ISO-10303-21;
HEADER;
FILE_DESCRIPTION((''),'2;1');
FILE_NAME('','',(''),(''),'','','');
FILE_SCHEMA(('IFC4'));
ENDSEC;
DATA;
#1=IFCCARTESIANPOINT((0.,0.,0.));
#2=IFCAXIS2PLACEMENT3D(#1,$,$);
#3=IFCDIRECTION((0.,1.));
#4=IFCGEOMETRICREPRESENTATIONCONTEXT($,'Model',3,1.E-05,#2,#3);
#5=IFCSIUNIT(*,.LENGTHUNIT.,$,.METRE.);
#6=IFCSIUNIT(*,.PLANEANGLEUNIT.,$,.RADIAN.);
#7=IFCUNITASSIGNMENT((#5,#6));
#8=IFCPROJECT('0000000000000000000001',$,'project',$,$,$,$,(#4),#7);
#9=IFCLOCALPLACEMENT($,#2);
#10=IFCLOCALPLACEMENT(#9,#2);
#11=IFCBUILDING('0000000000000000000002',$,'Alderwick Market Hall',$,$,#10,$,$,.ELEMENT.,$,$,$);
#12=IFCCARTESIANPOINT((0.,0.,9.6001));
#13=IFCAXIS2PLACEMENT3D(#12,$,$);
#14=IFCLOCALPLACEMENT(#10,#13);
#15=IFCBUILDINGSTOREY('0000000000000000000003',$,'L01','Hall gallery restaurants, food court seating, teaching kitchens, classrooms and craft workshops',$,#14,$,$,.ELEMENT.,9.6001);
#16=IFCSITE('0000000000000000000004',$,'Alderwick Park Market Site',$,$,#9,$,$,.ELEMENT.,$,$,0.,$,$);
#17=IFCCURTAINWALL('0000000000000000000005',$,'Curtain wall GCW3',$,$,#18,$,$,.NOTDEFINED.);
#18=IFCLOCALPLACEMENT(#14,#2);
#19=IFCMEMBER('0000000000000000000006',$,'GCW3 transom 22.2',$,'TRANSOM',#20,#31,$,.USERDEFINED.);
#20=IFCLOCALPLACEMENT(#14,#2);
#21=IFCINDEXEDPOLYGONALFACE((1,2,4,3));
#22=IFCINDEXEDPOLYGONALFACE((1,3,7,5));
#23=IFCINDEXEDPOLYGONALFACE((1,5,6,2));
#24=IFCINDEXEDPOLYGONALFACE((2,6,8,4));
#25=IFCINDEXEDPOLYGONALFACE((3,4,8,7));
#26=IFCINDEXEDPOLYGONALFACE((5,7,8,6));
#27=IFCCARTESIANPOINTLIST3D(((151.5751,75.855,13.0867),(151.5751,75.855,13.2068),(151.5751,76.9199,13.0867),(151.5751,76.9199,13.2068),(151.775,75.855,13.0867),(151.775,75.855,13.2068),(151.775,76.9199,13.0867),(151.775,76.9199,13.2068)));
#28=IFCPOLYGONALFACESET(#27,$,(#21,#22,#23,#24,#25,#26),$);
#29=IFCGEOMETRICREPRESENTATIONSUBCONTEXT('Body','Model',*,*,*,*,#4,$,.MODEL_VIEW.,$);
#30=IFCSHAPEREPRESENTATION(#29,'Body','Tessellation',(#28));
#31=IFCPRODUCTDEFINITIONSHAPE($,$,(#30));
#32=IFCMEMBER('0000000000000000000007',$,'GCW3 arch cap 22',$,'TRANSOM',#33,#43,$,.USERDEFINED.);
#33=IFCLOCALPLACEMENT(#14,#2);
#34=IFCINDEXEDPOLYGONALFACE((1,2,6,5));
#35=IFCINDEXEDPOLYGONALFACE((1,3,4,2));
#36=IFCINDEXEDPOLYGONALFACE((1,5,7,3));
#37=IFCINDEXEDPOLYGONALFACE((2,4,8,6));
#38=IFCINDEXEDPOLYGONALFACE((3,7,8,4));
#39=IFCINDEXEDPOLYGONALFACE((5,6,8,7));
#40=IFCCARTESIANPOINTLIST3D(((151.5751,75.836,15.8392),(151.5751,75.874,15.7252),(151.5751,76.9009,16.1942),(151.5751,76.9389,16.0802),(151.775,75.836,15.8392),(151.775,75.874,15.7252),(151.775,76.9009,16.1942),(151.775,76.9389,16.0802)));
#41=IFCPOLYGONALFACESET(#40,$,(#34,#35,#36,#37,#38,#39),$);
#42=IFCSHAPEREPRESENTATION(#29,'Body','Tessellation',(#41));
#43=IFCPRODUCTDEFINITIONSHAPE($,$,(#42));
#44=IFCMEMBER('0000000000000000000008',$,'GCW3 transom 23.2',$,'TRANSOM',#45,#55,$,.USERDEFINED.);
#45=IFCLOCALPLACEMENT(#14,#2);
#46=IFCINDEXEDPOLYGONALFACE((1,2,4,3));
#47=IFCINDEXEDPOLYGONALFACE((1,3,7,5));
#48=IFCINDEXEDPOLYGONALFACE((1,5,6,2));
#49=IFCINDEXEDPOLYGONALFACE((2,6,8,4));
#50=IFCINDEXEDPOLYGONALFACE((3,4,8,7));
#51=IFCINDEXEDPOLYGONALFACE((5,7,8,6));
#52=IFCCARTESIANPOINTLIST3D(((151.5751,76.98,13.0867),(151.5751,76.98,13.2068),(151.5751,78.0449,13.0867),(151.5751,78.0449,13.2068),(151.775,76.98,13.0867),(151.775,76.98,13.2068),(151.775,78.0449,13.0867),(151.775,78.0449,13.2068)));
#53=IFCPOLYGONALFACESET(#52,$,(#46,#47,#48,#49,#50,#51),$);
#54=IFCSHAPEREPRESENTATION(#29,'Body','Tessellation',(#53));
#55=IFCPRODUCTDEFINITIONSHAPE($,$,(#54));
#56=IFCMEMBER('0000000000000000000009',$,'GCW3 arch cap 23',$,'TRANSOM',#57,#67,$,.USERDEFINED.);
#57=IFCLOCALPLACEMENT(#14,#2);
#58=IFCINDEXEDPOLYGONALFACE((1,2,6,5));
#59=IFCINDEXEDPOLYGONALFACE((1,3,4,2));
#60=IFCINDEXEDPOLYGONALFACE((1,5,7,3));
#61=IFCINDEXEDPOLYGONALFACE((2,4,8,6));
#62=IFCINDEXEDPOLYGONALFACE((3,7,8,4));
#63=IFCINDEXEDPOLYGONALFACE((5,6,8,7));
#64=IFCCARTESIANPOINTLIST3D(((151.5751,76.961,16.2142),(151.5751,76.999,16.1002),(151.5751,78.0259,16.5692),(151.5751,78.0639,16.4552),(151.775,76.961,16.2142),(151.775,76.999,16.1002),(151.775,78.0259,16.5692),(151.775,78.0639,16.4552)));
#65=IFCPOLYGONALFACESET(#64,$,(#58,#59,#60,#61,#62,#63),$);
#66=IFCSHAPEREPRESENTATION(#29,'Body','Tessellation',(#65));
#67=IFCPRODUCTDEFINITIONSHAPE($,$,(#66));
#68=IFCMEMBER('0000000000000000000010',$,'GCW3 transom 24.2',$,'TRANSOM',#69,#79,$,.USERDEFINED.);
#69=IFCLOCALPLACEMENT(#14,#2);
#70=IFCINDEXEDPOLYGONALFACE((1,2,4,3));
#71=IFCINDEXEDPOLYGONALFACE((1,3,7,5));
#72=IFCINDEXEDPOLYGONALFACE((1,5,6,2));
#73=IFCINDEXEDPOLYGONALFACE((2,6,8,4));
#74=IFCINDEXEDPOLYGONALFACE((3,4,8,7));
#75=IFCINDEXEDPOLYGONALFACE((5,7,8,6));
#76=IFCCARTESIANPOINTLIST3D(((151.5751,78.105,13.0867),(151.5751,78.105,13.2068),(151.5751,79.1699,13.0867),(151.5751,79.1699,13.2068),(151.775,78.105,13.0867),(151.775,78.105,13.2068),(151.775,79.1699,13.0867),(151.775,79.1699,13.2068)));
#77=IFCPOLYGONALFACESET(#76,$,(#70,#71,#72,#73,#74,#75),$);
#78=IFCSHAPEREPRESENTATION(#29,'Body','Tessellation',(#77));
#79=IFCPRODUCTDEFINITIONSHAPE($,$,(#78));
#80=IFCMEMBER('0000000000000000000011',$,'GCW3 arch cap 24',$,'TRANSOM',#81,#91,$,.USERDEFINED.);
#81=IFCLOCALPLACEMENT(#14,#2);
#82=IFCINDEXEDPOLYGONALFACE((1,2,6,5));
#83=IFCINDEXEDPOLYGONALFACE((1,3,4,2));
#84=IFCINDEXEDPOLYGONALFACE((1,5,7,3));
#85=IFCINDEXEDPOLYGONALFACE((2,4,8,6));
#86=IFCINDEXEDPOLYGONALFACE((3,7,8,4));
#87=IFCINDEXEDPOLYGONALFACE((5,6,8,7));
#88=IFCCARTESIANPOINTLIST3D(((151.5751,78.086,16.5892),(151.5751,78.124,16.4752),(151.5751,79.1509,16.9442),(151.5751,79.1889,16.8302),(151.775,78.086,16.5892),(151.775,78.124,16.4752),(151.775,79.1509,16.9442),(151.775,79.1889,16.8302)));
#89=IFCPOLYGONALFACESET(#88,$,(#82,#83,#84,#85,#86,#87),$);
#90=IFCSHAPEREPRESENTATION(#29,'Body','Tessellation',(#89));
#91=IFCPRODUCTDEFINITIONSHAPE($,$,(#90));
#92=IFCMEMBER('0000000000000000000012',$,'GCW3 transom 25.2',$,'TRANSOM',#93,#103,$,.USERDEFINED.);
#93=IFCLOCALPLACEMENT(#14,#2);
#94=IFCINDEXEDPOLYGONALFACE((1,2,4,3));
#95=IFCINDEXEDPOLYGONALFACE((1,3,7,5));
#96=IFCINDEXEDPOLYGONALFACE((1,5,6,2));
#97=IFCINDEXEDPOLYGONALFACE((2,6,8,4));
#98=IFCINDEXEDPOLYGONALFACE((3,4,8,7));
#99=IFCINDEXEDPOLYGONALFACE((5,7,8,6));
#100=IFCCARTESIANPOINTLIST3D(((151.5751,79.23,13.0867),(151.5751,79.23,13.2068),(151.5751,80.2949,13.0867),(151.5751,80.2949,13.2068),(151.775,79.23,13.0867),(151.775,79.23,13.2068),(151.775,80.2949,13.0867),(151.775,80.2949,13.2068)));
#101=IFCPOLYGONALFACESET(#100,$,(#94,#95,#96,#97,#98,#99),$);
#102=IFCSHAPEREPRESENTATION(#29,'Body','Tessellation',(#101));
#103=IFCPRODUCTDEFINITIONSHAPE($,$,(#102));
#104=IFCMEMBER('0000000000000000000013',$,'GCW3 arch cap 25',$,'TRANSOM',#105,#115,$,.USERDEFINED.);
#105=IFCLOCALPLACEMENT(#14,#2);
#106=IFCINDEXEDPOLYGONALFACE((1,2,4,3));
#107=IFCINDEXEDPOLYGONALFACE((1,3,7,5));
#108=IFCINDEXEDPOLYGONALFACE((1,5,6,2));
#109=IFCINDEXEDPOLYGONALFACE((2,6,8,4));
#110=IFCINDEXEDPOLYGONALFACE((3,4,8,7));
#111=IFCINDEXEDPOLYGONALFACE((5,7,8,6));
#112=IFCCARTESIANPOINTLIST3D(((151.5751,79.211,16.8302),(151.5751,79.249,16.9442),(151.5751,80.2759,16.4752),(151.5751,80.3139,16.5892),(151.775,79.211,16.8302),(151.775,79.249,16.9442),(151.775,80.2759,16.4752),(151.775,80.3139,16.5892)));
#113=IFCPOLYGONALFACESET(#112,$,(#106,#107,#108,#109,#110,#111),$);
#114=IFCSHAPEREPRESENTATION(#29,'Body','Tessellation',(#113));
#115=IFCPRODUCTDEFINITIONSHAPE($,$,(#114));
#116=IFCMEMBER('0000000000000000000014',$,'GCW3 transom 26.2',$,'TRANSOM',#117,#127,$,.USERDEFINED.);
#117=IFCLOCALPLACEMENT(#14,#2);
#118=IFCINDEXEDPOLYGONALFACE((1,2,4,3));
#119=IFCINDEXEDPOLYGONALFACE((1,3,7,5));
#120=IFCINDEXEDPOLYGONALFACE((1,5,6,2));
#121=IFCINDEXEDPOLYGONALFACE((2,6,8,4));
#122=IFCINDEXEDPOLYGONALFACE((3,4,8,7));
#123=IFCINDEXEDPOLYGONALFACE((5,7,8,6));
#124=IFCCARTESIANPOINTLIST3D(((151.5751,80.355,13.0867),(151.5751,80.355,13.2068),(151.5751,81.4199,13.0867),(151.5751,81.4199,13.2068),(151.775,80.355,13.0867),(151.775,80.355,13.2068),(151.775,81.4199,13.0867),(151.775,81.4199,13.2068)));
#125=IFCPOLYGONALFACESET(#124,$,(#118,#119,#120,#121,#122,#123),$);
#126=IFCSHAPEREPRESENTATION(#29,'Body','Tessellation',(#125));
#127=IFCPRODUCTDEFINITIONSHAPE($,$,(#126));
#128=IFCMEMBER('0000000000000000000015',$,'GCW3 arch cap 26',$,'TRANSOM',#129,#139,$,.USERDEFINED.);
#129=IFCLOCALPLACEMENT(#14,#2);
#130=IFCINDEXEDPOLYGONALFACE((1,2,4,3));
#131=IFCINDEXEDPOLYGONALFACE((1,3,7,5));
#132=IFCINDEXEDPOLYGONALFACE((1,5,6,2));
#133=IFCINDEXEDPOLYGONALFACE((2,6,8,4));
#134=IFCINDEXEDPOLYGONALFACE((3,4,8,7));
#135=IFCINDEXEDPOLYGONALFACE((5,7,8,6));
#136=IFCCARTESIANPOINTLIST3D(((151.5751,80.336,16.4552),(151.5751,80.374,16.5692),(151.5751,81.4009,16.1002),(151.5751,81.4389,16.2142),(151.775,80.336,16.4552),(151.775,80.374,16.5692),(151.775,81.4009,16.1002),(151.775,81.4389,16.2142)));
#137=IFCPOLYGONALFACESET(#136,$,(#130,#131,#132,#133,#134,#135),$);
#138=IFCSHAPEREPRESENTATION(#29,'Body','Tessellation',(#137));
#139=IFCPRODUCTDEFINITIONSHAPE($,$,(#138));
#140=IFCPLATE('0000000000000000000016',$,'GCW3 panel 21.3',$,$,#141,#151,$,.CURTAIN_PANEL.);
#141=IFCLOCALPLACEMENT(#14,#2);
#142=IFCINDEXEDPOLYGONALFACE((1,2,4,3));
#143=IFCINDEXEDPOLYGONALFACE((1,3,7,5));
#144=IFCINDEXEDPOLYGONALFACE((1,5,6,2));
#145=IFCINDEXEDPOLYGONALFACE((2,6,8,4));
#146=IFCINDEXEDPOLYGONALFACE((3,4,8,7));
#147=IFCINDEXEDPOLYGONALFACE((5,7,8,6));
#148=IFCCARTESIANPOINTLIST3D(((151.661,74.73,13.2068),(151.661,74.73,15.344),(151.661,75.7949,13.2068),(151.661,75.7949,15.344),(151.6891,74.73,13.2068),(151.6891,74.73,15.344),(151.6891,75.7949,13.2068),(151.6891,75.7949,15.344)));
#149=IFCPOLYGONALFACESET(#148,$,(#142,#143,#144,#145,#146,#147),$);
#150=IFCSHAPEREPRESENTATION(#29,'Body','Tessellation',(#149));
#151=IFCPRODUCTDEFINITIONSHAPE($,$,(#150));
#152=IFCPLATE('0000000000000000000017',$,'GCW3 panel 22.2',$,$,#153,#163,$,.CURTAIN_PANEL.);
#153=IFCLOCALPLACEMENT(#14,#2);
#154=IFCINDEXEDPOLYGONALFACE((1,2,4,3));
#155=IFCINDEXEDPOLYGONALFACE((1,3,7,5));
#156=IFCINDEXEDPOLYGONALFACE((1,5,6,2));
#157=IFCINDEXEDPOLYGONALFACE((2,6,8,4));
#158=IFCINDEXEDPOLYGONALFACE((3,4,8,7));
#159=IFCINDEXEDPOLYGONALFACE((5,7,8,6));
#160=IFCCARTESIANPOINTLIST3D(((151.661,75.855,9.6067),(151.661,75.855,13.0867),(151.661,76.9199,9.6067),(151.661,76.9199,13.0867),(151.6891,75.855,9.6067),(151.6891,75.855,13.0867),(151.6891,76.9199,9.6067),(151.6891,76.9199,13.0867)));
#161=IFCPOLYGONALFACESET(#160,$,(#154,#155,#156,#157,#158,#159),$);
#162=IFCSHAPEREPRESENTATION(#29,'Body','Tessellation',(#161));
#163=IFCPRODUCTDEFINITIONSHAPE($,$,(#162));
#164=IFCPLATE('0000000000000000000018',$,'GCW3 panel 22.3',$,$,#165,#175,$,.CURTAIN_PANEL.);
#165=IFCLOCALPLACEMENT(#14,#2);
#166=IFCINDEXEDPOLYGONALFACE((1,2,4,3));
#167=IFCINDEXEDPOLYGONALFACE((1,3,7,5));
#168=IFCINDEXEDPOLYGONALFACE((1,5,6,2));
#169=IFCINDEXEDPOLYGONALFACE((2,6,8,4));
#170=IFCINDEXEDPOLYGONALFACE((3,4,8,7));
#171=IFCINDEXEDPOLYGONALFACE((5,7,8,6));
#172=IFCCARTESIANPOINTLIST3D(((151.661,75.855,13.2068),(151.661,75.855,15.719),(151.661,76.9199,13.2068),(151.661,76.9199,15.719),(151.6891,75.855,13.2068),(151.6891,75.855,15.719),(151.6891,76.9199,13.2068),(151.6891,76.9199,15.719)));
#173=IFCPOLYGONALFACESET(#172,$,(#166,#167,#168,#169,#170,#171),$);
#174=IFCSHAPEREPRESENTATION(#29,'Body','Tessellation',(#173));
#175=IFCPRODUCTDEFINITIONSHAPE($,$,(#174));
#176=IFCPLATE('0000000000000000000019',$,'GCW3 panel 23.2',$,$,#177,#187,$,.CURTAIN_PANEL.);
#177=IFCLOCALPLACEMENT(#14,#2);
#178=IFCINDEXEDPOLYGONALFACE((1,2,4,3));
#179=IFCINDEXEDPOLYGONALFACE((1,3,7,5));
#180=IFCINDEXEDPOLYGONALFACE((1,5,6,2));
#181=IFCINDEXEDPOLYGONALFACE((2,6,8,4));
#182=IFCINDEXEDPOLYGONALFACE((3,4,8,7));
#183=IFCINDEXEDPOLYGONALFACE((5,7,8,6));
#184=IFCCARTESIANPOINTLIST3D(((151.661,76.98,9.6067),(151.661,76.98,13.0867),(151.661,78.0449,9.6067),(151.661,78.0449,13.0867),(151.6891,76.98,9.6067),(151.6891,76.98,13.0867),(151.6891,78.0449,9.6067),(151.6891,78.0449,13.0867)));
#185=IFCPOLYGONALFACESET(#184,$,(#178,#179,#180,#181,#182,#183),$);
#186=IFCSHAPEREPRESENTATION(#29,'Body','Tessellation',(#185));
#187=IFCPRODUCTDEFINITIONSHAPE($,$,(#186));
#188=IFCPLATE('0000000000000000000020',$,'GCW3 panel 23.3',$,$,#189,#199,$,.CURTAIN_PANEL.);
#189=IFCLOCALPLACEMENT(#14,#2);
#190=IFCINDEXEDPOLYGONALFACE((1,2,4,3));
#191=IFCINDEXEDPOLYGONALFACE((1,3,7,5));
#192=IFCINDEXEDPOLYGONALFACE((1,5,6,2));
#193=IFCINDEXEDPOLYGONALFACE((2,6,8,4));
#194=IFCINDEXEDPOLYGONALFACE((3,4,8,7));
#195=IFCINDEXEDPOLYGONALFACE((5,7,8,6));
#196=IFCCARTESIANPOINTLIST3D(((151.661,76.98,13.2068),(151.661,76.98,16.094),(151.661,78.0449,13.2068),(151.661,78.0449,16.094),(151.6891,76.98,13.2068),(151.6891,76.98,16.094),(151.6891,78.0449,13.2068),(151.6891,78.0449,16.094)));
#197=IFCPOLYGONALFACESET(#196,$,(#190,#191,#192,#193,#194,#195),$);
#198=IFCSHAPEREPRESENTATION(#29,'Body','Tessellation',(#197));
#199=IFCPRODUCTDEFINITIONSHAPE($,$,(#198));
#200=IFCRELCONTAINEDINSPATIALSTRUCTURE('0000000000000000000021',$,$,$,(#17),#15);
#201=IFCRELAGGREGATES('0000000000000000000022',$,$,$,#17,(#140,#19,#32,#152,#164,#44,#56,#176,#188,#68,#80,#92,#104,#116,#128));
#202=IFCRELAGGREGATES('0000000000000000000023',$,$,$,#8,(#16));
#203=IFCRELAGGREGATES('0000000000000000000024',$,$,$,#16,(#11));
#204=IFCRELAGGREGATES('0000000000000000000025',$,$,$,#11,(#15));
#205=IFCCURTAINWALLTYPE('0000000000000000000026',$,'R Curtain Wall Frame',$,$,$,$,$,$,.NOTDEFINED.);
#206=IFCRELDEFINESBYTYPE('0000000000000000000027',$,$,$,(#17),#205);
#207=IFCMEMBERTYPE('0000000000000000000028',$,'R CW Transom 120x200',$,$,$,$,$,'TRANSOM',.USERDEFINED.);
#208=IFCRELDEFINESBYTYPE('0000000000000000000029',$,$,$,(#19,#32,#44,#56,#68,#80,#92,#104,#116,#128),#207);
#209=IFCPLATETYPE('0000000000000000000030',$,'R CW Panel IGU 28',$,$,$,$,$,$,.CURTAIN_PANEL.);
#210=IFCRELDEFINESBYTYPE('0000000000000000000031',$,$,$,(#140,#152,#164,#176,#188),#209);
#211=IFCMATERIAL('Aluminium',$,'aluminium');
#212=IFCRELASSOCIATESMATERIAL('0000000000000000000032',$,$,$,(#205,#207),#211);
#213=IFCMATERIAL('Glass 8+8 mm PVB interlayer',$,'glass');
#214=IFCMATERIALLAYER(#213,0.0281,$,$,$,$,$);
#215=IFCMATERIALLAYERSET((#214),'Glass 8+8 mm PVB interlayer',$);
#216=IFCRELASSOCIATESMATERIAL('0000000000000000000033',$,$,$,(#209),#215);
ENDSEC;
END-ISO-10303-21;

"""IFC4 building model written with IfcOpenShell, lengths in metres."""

from ifc_helpers import new_model, si_unit, direction, frame, origin, origin_2d, place, context, subcontext, project, spatial, rectangle, extrude, material, layer, layer_set, material_profile, profile_set, type_object, element, aggregate, save


model = new_model("IFC4")

# Units and contexts
model_context = context("Model", 3, precision=1e-05, world=origin(), true_north=direction((0.0, 1.0)))
body_context = subcontext(model_context, "Body", "Model", "MODEL_VIEW")
ifc_project = project(units=[si_unit("LENGTHUNIT", "METRE"), si_unit("PLANEANGLEUNIT", "RADIAN")], contexts=[model_context])

# Site, building, storey
site_placement = place(None, origin())
site = spatial("IfcSite", under=ifc_project, at=site_placement, Name="Alderwick Park Market Site", CompositionType="ELEMENT", RefElevation=0.0)
building_placement = place(site_placement, origin())
building = spatial("IfcBuilding", under=site, at=building_placement, Name="Alderwick Market Hall", CompositionType="ELEMENT")
storey_placement = place(building_placement, frame((0.0, 0.0, 9.6001)))
storey = spatial("IfcBuildingStorey", under=building, at=storey_placement, Name="L01", Description="Hall gallery restaurants, food court seating, teaching kitchens, classrooms and craft workshops", CompositionType="ELEMENT", Elevation=9.6001)

# Curtain wall, members, plates
ifc_material_1 = material(Name="Aluminium", Category="aluminium")
curtain_wall_type = type_object("IfcCurtainWallType", Name="R Curtain Wall Frame", PredefinedType="NOTDEFINED", material=ifc_material_1)
curtain_wall_placement = place(storey_placement, origin())
curtain_wall = element("IfcCurtainWall", 1, at=curtain_wall_placement, inside=storey, type_object=curtain_wall_type, Name="Curtain wall GCW3", PredefinedType="NOTDEFINED")
ifc_material_profile = material_profile(ifc_material_1, rectangle(XDim=0.2, YDim=0.1201, at=origin_2d()), Name="AL 120x200")
ifc_profile_set = profile_set([ifc_material_profile], Name="Aluminium")
member_type = type_object("IfcMemberType", Name="R CW Transom 120x200", ElementType="TRANSOM", PredefinedType="USERDEFINED", material=ifc_profile_set)
member_1_placement = place(storey_placement, frame((151.675, 75.855, 13.1467), z_axis=(0.0, 1.0, 0.0), x_axis=(-1.0, 0.0, 0.0)))
member_1 = element("IfcMember", 2, at=member_1_placement, type_object=member_type, Name="GCW3 transom 22.2", ObjectType="TRANSOM", PredefinedType="USERDEFINED", context=body_context, shape_type="SweptSolid", body=[
    extrude(rectangle(XDim=0.2, YDim=0.1201, at=origin_2d()), origin(), (0.0, 0.0, 1.0), 1.0649),
])
member_2_placement = place(storey_placement, frame((151.675, 75.855, 15.7822), z_axis=(0.0, 0.948683, 0.316228), x_axis=(-1.0, 0.0, 0.0)))
member_2 = element("IfcMember", 3, at=member_2_placement, type_object=member_type, Name="GCW3 arch cap 22", ObjectType="TRANSOM", PredefinedType="USERDEFINED", context=body_context, shape_type="SweptSolid", body=[
    extrude(rectangle(XDim=0.2, YDim=0.1201, at=origin_2d()), origin(), (0.0, 0.0, 1.0), 1.1226),
])
member_3_placement = place(storey_placement, frame((151.675, 76.98, 13.1467), z_axis=(0.0, 1.0, 0.0), x_axis=(-1.0, 0.0, 0.0)))
member_3 = element("IfcMember", 4, at=member_3_placement, type_object=member_type, Name="GCW3 transom 23.2", ObjectType="TRANSOM", PredefinedType="USERDEFINED", context=body_context, shape_type="SweptSolid", body=[
    extrude(rectangle(XDim=0.2, YDim=0.1201, at=origin_2d()), origin(), (0.0, 0.0, 1.0), 1.0649),
])
member_4_placement = place(storey_placement, frame((151.675, 76.98, 16.1572), z_axis=(0.0, 0.948683, 0.316228), x_axis=(-1.0, 0.0, 0.0)))
member_4 = element("IfcMember", 5, at=member_4_placement, type_object=member_type, Name="GCW3 arch cap 23", ObjectType="TRANSOM", PredefinedType="USERDEFINED", context=body_context, shape_type="SweptSolid", body=[
    extrude(rectangle(XDim=0.2, YDim=0.1201, at=origin_2d()), origin(), (0.0, 0.0, 1.0), 1.1226),
])
member_5_placement = place(storey_placement, frame((151.675, 78.105, 13.1467), z_axis=(0.0, 1.0, 0.0), x_axis=(-1.0, 0.0, 0.0)))
member_5 = element("IfcMember", 6, at=member_5_placement, type_object=member_type, Name="GCW3 transom 24.2", ObjectType="TRANSOM", PredefinedType="USERDEFINED", context=body_context, shape_type="SweptSolid", body=[
    extrude(rectangle(XDim=0.2, YDim=0.1201, at=origin_2d()), origin(), (0.0, 0.0, 1.0), 1.0649),
])
member_6_placement = place(storey_placement, frame((151.675, 78.105, 16.5322), z_axis=(0.0, 0.948683, 0.316228), x_axis=(-1.0, 0.0, 0.0)))
member_6 = element("IfcMember", 7, at=member_6_placement, type_object=member_type, Name="GCW3 arch cap 24", ObjectType="TRANSOM", PredefinedType="USERDEFINED", context=body_context, shape_type="SweptSolid", body=[
    extrude(rectangle(XDim=0.2, YDim=0.1201, at=origin_2d()), origin(), (0.0, 0.0, 1.0), 1.1226),
])
member_7_placement = place(storey_placement, frame((151.675, 79.23, 13.1467), z_axis=(0.0, 1.0, 0.0), x_axis=(-1.0, 0.0, 0.0)))
member_7 = element("IfcMember", 8, at=member_7_placement, type_object=member_type, Name="GCW3 transom 25.2", ObjectType="TRANSOM", PredefinedType="USERDEFINED", context=body_context, shape_type="SweptSolid", body=[
    extrude(rectangle(XDim=0.2, YDim=0.1201, at=origin_2d()), origin(), (0.0, 0.0, 1.0), 1.0649),
])
member_8_placement = place(storey_placement, frame((151.675, 79.23, 16.8872), z_axis=(0.0, 0.948683, -0.316228), x_axis=(-1.0, 0.0, 0.0)))
member_8 = element("IfcMember", 9, at=member_8_placement, type_object=member_type, Name="GCW3 arch cap 25", ObjectType="TRANSOM", PredefinedType="USERDEFINED", context=body_context, shape_type="SweptSolid", body=[
    extrude(rectangle(XDim=0.2, YDim=0.1201, at=origin_2d()), origin(), (0.0, 0.0, 1.0), 1.1226),
])
member_9_placement = place(storey_placement, frame((151.675, 80.355, 13.1467), z_axis=(0.0, 1.0, 0.0), x_axis=(-1.0, 0.0, 0.0)))
member_9 = element("IfcMember", 10, at=member_9_placement, type_object=member_type, Name="GCW3 transom 26.2", ObjectType="TRANSOM", PredefinedType="USERDEFINED", context=body_context, shape_type="SweptSolid", body=[
    extrude(rectangle(XDim=0.2, YDim=0.1201, at=origin_2d()), origin(), (0.0, 0.0, 1.0), 1.0649),
])
member_10_placement = place(storey_placement, frame((151.675, 80.355, 16.5122), z_axis=(0.0, 0.948683, -0.316228), x_axis=(-1.0, 0.0, 0.0)))
member_10 = element("IfcMember", 11, at=member_10_placement, type_object=member_type, Name="GCW3 arch cap 26", ObjectType="TRANSOM", PredefinedType="USERDEFINED", context=body_context, shape_type="SweptSolid", body=[
    extrude(rectangle(XDim=0.2, YDim=0.1201, at=origin_2d()), origin(), (0.0, 0.0, 1.0), 1.1226),
])
ifc_material_2 = material(Name="Glass 8+8 mm PVB interlayer", Category="glass")
ifc_layer = layer(ifc_material_2, 0.0281)
ifc_layer_set = layer_set([ifc_layer], Name="Glass 8+8 mm PVB interlayer")
plate_type = type_object("IfcPlateType", Name="R CW Panel IGU 28", PredefinedType="CURTAIN_PANEL", material=ifc_layer_set)
plate_1_placement = place(storey_placement, frame((151.675, 75.2625, 13.2068), z_axis=(0.0, 0.0, 1.0), x_axis=(1.0, 0.0, 0.0)))
plate_1 = element("IfcPlate", 12, at=plate_1_placement, type_object=plate_type, Name="GCW3 panel 21.3", PredefinedType="CURTAIN_PANEL", context=body_context, shape_type="SweptSolid", body=[
    extrude(rectangle(XDim=0.0281, YDim=1.0649, at=origin_2d()), origin(), (0.0, 0.0, 1.0), 2.1372),
])
plate_2_placement = place(storey_placement, frame((151.675, 76.3875, 9.6067), z_axis=(0.0, 0.0, 1.0), x_axis=(1.0, 0.0, 0.0)))
plate_2 = element("IfcPlate", 13, at=plate_2_placement, type_object=plate_type, Name="GCW3 panel 22.2", PredefinedType="CURTAIN_PANEL", context=body_context, shape_type="SweptSolid", body=[
    extrude(rectangle(XDim=0.0281, YDim=1.0649, at=origin_2d()), origin(), (0.0, 0.0, 1.0), 3.48),
])
plate_3_placement = place(storey_placement, frame((151.675, 76.3875, 13.2068), z_axis=(0.0, 0.0, 1.0), x_axis=(1.0, 0.0, 0.0)))
plate_3 = element("IfcPlate", 14, at=plate_3_placement, type_object=plate_type, Name="GCW3 panel 22.3", PredefinedType="CURTAIN_PANEL", context=body_context, shape_type="SweptSolid", body=[
    extrude(rectangle(XDim=0.0281, YDim=1.0649, at=origin_2d()), origin(), (0.0, 0.0, 1.0), 2.5122),
])
plate_4_placement = place(storey_placement, frame((151.675, 77.5125, 9.6067), z_axis=(0.0, 0.0, 1.0), x_axis=(1.0, 0.0, 0.0)))
plate_4 = element("IfcPlate", 15, at=plate_4_placement, type_object=plate_type, Name="GCW3 panel 23.2", PredefinedType="CURTAIN_PANEL", context=body_context, shape_type="SweptSolid", body=[
    extrude(rectangle(XDim=0.0281, YDim=1.0649, at=origin_2d()), origin(), (0.0, 0.0, 1.0), 3.48),
])
plate_5_placement = place(storey_placement, frame((151.675, 77.5125, 13.2068), z_axis=(0.0, 0.0, 1.0), x_axis=(1.0, 0.0, 0.0)))
plate_5 = element("IfcPlate", 16, at=plate_5_placement, type_object=plate_type, Name="GCW3 panel 23.3", PredefinedType="CURTAIN_PANEL", context=body_context, shape_type="SweptSolid", body=[
    extrude(rectangle(XDim=0.0281, YDim=1.0649, at=origin_2d()), origin(), (0.0, 0.0, 1.0), 2.8872),
])
aggregate(curtain_wall, [plate_1, member_1, member_2, plate_2, plate_3, member_3, member_4, plate_4, plate_5, member_5, member_6, member_7, member_8, member_9, member_10])

save(model, "model.ifc")
